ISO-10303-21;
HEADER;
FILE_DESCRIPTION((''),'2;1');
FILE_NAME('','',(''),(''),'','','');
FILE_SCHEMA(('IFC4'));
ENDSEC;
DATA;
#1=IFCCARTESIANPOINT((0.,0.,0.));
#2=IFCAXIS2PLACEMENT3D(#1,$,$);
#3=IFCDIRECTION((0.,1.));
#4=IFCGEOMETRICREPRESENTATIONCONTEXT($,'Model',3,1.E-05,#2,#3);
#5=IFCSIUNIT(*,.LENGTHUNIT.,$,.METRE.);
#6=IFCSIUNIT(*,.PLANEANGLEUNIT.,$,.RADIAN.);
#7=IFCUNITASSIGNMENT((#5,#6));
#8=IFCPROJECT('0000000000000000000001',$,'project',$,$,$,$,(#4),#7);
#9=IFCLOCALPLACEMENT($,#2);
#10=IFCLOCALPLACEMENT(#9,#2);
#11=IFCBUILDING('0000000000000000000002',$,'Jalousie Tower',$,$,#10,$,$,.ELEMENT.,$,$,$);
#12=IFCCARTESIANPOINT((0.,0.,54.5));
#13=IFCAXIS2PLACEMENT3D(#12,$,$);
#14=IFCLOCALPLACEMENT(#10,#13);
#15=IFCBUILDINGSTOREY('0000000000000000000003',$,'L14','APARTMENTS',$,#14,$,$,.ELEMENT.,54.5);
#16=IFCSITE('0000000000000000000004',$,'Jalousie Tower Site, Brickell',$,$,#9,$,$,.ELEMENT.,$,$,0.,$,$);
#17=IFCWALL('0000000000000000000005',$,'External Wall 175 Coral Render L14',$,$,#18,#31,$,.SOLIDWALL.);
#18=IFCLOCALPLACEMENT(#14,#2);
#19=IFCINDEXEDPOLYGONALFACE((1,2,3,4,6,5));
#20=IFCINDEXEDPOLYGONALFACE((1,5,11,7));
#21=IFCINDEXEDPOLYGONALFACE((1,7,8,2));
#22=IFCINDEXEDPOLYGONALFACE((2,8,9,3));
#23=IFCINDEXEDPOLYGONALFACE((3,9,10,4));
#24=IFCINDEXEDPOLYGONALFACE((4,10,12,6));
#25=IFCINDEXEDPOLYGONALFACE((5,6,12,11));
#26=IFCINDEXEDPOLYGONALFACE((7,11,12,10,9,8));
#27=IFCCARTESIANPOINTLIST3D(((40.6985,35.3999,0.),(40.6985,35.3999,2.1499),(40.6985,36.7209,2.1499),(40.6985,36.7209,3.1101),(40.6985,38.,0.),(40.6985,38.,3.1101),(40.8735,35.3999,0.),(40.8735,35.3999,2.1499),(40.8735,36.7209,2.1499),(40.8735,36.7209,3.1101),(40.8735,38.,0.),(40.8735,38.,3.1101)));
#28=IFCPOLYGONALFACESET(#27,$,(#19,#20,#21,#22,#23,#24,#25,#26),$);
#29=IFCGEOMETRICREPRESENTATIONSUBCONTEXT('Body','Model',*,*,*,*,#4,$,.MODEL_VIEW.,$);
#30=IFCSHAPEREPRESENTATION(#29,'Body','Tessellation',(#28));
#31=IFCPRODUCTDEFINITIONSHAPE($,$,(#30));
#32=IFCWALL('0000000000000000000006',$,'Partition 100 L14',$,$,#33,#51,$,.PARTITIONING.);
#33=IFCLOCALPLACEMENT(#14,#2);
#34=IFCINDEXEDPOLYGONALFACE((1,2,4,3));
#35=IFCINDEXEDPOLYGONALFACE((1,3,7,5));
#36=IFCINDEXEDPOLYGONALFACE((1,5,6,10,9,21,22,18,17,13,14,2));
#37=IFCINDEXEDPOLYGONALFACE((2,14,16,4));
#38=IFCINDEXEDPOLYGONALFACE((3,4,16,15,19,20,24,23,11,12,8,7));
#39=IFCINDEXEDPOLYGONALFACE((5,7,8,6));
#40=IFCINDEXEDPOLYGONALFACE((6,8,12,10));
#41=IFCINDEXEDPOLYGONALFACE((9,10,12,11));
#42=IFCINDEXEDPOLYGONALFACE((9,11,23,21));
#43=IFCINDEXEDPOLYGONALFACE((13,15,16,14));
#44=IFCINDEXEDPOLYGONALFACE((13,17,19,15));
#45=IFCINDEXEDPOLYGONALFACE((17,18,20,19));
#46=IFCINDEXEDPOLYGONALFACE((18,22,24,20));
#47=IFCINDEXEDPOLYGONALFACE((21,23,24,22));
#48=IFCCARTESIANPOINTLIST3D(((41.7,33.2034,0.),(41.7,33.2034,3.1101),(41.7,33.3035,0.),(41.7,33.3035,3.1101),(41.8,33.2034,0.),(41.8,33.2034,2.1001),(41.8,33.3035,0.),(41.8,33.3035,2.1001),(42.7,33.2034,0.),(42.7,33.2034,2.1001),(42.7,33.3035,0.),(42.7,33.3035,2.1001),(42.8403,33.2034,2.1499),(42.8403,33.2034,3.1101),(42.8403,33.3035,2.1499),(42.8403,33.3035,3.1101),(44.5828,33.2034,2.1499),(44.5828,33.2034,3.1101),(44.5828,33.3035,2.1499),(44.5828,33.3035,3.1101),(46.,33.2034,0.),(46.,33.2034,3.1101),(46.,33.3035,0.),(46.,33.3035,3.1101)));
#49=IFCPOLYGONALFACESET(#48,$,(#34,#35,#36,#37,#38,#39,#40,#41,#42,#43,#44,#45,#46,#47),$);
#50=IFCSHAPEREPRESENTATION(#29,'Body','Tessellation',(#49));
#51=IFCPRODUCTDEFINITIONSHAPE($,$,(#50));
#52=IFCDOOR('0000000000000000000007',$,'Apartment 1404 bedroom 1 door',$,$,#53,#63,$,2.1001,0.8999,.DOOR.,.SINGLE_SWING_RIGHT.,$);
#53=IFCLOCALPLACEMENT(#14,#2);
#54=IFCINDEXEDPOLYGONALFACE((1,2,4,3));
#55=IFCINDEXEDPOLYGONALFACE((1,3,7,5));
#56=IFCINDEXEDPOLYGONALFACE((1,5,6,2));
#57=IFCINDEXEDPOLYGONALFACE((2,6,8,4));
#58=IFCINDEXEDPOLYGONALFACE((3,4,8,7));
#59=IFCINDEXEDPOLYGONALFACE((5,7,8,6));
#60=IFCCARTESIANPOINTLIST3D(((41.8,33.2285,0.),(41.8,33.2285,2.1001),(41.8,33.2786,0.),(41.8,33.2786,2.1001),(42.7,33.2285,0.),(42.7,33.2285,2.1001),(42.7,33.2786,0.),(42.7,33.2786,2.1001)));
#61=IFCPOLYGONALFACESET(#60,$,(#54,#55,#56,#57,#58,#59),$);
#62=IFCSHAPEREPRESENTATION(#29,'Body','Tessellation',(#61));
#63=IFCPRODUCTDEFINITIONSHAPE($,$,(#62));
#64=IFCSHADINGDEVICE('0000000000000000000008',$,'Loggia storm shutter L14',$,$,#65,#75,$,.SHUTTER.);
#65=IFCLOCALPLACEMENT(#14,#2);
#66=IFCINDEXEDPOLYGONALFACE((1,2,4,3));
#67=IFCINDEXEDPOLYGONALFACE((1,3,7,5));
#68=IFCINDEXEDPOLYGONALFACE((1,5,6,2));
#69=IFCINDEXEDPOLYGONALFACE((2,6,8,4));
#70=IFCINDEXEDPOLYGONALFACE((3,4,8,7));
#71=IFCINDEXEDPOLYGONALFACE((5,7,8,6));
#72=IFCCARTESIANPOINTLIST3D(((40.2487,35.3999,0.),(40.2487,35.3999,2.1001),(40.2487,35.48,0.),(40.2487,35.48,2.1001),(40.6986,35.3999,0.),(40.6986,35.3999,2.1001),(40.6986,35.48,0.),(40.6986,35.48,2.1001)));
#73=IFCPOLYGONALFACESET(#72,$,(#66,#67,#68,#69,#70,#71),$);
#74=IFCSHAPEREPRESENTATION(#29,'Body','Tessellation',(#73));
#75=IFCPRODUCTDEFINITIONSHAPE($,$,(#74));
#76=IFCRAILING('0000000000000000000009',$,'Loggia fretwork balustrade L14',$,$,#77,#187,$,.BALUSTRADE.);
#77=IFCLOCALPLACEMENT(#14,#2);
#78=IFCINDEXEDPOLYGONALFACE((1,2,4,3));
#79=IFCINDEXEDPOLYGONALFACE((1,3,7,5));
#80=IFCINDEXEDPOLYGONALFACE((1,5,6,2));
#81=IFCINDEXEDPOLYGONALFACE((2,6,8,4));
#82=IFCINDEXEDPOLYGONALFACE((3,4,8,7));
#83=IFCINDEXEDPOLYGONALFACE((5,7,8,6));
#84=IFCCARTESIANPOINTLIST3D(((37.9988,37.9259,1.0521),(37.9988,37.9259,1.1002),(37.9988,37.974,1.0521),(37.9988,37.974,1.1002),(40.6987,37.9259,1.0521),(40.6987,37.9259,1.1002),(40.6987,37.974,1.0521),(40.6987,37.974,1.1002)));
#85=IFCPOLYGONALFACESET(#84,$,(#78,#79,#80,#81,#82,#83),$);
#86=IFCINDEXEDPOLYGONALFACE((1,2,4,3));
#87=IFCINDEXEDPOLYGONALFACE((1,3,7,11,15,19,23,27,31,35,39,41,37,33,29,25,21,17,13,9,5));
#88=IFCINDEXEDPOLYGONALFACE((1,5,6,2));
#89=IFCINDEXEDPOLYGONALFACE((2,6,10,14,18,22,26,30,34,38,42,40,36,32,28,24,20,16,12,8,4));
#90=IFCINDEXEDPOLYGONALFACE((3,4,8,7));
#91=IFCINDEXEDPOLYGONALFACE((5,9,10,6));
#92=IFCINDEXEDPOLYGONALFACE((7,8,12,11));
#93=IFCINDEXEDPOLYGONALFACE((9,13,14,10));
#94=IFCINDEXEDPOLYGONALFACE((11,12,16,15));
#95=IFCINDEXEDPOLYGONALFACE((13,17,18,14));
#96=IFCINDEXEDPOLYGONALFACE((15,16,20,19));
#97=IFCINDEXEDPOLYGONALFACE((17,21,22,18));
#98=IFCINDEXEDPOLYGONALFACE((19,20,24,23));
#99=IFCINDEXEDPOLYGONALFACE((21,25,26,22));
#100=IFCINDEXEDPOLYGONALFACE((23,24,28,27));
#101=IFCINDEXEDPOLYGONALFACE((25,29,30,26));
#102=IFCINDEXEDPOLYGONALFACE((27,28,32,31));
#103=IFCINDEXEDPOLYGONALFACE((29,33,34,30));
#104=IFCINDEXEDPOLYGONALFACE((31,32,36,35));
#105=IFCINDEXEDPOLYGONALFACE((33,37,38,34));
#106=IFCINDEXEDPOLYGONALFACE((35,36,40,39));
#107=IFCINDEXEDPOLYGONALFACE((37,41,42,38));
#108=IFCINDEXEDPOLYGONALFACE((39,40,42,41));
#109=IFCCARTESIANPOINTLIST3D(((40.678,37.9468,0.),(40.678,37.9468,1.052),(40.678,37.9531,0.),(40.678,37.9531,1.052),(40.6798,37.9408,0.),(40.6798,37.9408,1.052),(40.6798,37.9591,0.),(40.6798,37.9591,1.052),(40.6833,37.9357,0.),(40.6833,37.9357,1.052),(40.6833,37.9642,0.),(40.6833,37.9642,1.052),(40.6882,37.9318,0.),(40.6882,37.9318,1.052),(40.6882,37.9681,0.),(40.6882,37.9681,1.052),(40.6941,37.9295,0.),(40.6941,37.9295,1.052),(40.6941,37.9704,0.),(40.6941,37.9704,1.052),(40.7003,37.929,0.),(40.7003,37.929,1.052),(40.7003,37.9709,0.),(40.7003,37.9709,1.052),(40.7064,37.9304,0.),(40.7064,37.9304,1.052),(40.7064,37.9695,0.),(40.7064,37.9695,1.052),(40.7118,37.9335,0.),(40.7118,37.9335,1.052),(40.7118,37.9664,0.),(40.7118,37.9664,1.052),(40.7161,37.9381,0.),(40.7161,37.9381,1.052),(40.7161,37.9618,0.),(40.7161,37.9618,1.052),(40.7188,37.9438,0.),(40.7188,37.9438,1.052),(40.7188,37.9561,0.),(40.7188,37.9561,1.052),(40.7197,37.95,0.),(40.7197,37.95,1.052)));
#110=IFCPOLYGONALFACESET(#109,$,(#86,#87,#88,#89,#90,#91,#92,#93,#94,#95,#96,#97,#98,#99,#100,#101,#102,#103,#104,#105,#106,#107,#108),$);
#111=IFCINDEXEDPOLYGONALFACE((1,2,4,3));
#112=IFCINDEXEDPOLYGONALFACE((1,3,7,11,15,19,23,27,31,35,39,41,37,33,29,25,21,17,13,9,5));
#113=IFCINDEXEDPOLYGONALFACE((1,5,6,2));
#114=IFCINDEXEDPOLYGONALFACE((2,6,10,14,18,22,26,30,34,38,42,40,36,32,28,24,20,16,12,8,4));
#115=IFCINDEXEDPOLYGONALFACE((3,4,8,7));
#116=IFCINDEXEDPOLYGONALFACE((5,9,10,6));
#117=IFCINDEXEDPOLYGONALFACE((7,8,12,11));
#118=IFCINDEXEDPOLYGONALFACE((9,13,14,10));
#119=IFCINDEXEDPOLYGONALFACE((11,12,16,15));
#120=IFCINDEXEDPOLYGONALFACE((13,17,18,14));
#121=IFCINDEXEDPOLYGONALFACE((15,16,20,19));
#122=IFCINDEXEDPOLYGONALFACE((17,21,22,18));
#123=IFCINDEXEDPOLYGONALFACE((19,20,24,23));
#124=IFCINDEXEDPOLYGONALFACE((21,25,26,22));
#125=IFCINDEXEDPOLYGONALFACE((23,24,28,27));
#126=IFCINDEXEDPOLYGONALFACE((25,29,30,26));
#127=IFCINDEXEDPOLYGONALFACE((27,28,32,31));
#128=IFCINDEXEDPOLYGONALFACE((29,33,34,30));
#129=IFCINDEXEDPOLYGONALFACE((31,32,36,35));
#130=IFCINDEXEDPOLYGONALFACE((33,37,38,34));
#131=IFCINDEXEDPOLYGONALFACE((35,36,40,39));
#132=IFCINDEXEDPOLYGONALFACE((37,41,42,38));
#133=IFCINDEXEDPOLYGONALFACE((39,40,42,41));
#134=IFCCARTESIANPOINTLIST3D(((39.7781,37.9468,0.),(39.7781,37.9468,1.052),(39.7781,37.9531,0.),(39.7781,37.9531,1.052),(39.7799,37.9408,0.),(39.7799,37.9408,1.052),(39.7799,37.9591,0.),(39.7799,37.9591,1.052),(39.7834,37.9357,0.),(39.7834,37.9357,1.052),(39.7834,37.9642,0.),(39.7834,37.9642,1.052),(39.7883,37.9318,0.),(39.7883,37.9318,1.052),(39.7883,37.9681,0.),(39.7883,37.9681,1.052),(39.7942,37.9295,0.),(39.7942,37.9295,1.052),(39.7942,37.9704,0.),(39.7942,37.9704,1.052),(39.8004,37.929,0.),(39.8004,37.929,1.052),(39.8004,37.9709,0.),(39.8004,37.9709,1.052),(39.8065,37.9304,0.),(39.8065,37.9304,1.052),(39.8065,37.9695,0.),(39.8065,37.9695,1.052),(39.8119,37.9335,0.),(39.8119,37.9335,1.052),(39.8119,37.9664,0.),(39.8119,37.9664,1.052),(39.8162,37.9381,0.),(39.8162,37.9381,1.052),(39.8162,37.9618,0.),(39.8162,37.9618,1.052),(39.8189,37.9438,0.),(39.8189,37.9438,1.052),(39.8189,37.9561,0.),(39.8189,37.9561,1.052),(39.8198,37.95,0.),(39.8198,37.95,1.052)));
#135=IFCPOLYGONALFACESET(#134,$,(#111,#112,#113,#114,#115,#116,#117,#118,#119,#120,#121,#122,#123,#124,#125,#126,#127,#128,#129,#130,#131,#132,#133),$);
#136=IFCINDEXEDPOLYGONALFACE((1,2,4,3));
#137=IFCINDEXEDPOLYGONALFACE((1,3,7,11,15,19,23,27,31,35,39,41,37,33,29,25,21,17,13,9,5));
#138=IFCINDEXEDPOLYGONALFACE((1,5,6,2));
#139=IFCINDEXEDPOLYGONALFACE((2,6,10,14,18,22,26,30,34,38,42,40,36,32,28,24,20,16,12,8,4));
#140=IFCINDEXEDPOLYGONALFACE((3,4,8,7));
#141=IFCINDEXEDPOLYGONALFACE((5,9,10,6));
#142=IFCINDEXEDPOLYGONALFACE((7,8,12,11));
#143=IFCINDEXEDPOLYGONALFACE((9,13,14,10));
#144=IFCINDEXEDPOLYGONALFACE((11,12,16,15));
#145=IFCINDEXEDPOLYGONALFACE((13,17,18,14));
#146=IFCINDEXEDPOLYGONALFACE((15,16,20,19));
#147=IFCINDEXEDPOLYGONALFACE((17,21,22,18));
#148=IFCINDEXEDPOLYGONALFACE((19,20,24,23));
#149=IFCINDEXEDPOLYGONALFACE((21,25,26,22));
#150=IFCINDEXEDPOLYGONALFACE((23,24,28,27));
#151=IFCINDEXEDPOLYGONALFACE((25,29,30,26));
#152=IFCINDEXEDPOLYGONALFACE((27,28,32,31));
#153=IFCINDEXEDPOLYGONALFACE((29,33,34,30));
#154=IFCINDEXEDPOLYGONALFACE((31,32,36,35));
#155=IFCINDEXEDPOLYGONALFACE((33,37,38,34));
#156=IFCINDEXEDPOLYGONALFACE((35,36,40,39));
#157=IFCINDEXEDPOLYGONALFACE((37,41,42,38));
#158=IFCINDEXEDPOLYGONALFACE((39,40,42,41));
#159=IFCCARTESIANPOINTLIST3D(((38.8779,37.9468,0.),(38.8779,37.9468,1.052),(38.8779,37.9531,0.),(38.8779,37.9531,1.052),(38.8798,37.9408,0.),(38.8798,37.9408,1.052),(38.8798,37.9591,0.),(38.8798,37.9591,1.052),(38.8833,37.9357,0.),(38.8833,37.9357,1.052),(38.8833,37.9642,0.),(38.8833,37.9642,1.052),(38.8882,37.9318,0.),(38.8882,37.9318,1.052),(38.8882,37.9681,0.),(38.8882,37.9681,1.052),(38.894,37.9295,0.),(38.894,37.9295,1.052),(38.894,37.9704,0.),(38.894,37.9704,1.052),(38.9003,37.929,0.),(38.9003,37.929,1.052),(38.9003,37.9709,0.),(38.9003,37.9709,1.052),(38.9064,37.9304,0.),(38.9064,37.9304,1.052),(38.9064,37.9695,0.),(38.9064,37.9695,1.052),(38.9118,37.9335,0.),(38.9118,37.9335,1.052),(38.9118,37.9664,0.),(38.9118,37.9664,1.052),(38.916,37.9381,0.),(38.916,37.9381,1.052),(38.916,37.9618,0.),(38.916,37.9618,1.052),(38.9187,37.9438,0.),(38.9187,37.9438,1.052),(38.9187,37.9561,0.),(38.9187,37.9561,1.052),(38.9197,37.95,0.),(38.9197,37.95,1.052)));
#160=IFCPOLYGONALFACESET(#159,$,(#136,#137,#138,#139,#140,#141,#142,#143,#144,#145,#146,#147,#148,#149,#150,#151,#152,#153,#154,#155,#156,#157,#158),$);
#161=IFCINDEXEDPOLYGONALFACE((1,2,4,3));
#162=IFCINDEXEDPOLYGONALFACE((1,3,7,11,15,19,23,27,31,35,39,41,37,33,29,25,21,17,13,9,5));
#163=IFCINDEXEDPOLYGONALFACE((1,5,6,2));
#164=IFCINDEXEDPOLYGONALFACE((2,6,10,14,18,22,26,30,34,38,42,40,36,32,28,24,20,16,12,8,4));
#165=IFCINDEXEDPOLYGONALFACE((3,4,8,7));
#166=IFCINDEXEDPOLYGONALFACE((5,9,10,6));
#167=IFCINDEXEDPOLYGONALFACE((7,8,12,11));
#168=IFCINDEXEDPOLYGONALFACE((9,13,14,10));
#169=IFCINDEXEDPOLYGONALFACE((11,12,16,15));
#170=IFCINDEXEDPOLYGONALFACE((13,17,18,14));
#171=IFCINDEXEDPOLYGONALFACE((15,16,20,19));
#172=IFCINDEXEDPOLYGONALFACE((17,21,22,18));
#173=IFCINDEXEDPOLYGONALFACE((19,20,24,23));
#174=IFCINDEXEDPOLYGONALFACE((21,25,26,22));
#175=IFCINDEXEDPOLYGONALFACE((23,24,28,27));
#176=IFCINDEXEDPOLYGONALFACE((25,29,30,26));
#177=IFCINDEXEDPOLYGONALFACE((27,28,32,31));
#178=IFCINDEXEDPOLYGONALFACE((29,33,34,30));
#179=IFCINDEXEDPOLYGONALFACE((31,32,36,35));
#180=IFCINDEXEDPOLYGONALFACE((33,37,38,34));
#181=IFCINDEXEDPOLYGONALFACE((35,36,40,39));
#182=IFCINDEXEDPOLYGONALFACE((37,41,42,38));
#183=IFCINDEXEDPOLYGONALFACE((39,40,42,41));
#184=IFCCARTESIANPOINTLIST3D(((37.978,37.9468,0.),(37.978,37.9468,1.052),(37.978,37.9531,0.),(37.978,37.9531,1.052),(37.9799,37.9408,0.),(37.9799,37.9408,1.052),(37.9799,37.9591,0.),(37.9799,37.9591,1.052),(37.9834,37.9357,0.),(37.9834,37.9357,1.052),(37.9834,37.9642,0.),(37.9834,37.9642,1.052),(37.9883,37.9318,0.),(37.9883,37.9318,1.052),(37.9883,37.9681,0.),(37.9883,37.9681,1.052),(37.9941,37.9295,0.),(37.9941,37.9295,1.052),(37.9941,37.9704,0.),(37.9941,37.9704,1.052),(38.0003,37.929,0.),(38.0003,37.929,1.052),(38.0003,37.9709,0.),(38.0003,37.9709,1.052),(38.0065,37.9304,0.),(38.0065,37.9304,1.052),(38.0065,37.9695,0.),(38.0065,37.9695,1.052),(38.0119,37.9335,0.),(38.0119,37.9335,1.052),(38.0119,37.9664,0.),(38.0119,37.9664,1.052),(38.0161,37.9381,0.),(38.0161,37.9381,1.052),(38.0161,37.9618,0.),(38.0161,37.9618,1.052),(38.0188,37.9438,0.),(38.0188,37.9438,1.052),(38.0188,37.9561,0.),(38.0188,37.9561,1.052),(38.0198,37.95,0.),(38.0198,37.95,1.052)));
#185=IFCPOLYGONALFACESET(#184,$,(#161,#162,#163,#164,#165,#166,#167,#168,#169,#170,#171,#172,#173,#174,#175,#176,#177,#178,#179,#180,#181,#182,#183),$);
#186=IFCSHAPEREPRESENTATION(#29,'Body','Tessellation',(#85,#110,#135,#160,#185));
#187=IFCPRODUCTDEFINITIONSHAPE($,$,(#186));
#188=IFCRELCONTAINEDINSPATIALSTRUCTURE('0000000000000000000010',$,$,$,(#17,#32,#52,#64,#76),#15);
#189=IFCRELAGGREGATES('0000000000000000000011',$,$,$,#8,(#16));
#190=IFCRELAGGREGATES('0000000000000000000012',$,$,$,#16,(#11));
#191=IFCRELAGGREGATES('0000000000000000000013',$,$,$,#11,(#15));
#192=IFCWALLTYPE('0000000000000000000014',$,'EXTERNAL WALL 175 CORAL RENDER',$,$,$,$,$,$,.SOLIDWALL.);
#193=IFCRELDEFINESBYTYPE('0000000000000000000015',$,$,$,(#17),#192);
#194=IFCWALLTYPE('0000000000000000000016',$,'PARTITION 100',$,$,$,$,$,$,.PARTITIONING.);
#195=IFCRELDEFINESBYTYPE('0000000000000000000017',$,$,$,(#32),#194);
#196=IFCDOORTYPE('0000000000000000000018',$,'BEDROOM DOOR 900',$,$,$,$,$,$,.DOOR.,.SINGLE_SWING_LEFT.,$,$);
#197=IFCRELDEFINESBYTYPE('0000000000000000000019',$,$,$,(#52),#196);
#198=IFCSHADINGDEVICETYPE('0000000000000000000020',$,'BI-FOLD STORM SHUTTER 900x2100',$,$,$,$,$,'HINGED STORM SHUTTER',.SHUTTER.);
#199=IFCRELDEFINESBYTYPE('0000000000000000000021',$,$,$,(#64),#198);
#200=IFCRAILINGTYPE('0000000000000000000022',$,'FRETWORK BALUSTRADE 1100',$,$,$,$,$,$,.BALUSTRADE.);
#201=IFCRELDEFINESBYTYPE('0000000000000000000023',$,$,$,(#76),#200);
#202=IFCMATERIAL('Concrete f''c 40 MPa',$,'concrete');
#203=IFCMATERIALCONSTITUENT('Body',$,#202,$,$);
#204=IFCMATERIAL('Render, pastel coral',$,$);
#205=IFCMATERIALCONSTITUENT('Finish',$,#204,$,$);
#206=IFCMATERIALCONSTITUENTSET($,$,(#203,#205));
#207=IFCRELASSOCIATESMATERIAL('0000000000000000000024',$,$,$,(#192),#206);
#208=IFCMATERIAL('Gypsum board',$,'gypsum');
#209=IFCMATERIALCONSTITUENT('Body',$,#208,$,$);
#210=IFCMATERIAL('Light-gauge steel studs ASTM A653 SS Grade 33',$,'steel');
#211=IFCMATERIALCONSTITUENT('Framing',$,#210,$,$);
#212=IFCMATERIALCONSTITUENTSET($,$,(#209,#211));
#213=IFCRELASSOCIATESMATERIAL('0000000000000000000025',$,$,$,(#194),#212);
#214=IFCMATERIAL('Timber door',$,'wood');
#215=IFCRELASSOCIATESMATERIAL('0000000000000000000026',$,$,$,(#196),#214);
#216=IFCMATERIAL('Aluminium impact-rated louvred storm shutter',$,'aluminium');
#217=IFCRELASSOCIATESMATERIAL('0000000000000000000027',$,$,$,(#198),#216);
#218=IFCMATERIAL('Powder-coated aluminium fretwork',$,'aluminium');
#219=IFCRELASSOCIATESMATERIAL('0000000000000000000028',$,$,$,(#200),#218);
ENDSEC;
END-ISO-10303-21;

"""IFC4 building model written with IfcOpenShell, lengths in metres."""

from ifc_helpers import new_model, si_unit, direction, frame, frame_2d, origin, origin_2d, place, context, subcontext, project, spatial, polyline, rectangle, circle, outline, extrude, material, constituent, constituent_set, type_object, element, fill, save


model = new_model("IFC4")

# Units and contexts
model_context = context("Model", 3, precision=1e-05, world=origin(), true_north=direction((0.0, 1.0)))
body_context = subcontext(model_context, "Body", "Model", "MODEL_VIEW")
ifc_project = project(units=[si_unit("LENGTHUNIT", "METRE"), si_unit("PLANEANGLEUNIT", "RADIAN")], contexts=[model_context])

# Site, building, storey
site_placement = place(None, origin())
site = spatial("IfcSite", under=ifc_project, at=site_placement, Name="Jalousie Tower Site, Brickell", CompositionType="ELEMENT", RefElevation=0.0)
building_placement = place(site_placement, origin())
building = spatial("IfcBuilding", under=site, at=building_placement, Name="Jalousie Tower", CompositionType="ELEMENT")
storey_placement = place(building_placement, frame((0.0, 0.0, 54.5)))
storey = spatial("IfcBuildingStorey", under=building, at=storey_placement, Name="L14", Description="APARTMENTS", CompositionType="ELEMENT", Elevation=54.5)

# Shared definitions
ifc_material_1 = material(Name="Concrete f'c 40 MPa", Category="concrete")
ifc_constituent_1 = constituent(ifc_material_1, Name="Body")
ifc_material_2 = material(Name="Render, pastel coral")
ifc_constituent_2 = constituent(ifc_material_2, Name="Finish")
ifc_constituent_set_1 = constituent_set(constituents=[ifc_constituent_1, ifc_constituent_2])
wall_type_1 = type_object("IfcWallType", Name="EXTERNAL WALL 175 CORAL RENDER", PredefinedType="SOLIDWALL", material=ifc_constituent_set_1)

# Wall
wall_1_placement = place(storey_placement, frame((40.7861, 38.0, 0.0), z_axis=(0.0, 0.0, 1.0), x_axis=(0.0, -1.0, 0.0)))
element("IfcWall", 1, at=wall_1_placement, inside=storey, type_object=wall_type_1, Name="External Wall 175 Coral Render L14", PredefinedType="SOLIDWALL", context=body_context, shape_type="SweptSolid", body=[
    extrude(outline(polyline([(0.0, 0.0), (2.6001, 0.0), (2.6001, 2.1499), (1.2791, 2.1499), (1.2791, 3.1101), (0.0, 3.1101), (0.0, 0.0)])), frame((0.0, 0.0874, 0.0), z_axis=(0.0, -1.0, 0.0), x_axis=(1.0, 0.0, 0.0)), (0.0, 0.0, 1.0), 0.175),
])

# Wall, opening, door
ifc_material_3 = material(Name="Gypsum board", Category="gypsum")
ifc_constituent_3 = constituent(ifc_material_3, Name="Body")
ifc_material_4 = material(Name="Light-gauge steel studs ASTM A653 SS Grade 33", Category="steel")
ifc_constituent_4 = constituent(ifc_material_4, Name="Framing")
ifc_constituent_set_2 = constituent_set(constituents=[ifc_constituent_3, ifc_constituent_4])
wall_type_2 = type_object("IfcWallType", Name="PARTITION 100", PredefinedType="PARTITIONING", material=ifc_constituent_set_2)
wall_2_placement = place(storey_placement, frame((41.7, 33.2534, 0.0), z_axis=(0.0, 0.0, 1.0), x_axis=(1.0, 0.0, 0.0)))
wall_2 = element("IfcWall", 2, at=wall_2_placement, inside=storey, type_object=wall_type_2, Name="Partition 100 L14", PredefinedType="PARTITIONING", context=body_context, shape_type="SweptSolid", body=[
    extrude(outline(polyline([(0.0, 0.0), (4.3, 0.0), (4.3, 3.1101), (2.8828, 3.1101), (2.8828, 2.1499), (1.1404, 2.1499), (1.1404, 3.1101), (0.0, 3.1101), (0.0, 0.0)])), frame((0.0, 0.05, 0.0), z_axis=(0.0, -1.0, 0.0), x_axis=(1.0, 0.0, 0.0)), (0.0, 0.0, 1.0), 0.1001),
])
opening_1_placement = place(wall_2_placement, frame((0.1001, 0.0, 0.0)))
opening_1 = element("IfcOpeningElement", 3, at=opening_1_placement, cuts=wall_2, PredefinedType="OPENING", context=body_context, shape_type="SweptSolid", body=[
    extrude(rectangle(XDim=0.8999, YDim=2.1001, at=frame_2d((0.45, 1.05))), frame((0.0, 0.0601, 0.0), z_axis=(0.0, -1.0, 0.0), x_axis=(1.0, 0.0, 0.0)), (0.0, 0.0, 1.0), 0.1201),
])
ifc_material_5 = material(Name="Timber door", Category="wood")
door_type_1 = type_object("IfcDoorType", Name="BEDROOM DOOR 900", OperationType="SINGLE_SWING_LEFT", PredefinedType="DOOR", material=ifc_material_5)
door_1_placement = place(opening_1_placement, frame((0.8999, 0.0, 0.0), z_axis=(0.0, 0.0, 1.0), x_axis=(-1.0, 0.0, 0.0)))
door_1 = element("IfcDoor", 4, at=door_1_placement, inside=storey, type_object=door_type_1, Name="Apartment 1404 bedroom 1 door", OperationType="SINGLE_SWING_RIGHT", OverallHeight=2.1001, OverallWidth=0.8999, PredefinedType="DOOR", context=body_context, shape_type="SweptSolid", body=[
    extrude(rectangle(XDim=0.8999, YDim=2.1001, at=frame_2d((0.45, 1.05))), frame((0.0, 0.0249, 0.0), z_axis=(0.0, -1.0, 0.0), x_axis=(1.0, 0.0, 0.0)), (0.0, 0.0, 1.0), 0.05),
])
fill(opening_1, door_1)

# Shading device
ifc_material_6 = material(Name="Aluminium impact-rated louvred storm shutter", Category="aluminium")
shading_device_type_1 = type_object("IfcShadingDeviceType", Name="BI-FOLD STORM SHUTTER 900x2100", ElementType="HINGED STORM SHUTTER", PredefinedType="SHUTTER", material=ifc_material_6)
shading_device_1_placement = place(storey_placement, frame((40.4736, 35.4399, 0.0), z_axis=(0.0, 0.0, 1.0), x_axis=(-1.0, 0.0, 0.0)))
element("IfcShadingDevice", 5, at=shading_device_1_placement, inside=storey, type_object=shading_device_type_1, Name="Loggia storm shutter L14", PredefinedType="SHUTTER", context=body_context, shape_type="SweptSolid", body=[
    extrude(rectangle(XDim=0.45, YDim=0.0801, at=origin_2d()), origin(), (0.0, 0.0, 1.0), 2.1001),
])

# Railing
ifc_material_7 = material(Name="Powder-coated aluminium fretwork", Category="aluminium")
railing_type = type_object("IfcRailingType", Name="FRETWORK BALUSTRADE 1100", PredefinedType="BALUSTRADE", material=ifc_material_7)
railing_placement = place(storey_placement, frame((40.6987, 37.95, 0.0)))
element("IfcRailing", 6, at=railing_placement, inside=storey, type_object=railing_type, Name="Loggia fretwork balustrade L14", PredefinedType="BALUSTRADE", context=body_context, shape_type="SweptSolid", body=[
    extrude(rectangle(XDim=0.0481, YDim=0.0481, at=origin_2d()), frame((0.0, 0.0, 1.0762), z_axis=(-1.0, 0.0, 0.0), x_axis=(0.0, -1.0, 0.0)), (0.0, 0.0, 1.0), 2.7),
    extrude(circle(Radius=0.021, at=origin_2d()), origin(), (0.0, 0.0, 1.0), 1.052),
    extrude(circle(Radius=0.021, at=origin_2d()), frame((-0.8999, 0.0, 0.0)), (0.0, 0.0, 1.0), 1.052),
    extrude(circle(Radius=0.021, at=origin_2d()), frame((-1.8, 0.0, 0.0)), (0.0, 0.0, 1.0), 1.052),
    extrude(circle(Radius=0.021, at=origin_2d()), frame((-2.7, 0.0, 0.0)), (0.0, 0.0, 1.0), 1.052),
])

save(model, "model.ifc")
